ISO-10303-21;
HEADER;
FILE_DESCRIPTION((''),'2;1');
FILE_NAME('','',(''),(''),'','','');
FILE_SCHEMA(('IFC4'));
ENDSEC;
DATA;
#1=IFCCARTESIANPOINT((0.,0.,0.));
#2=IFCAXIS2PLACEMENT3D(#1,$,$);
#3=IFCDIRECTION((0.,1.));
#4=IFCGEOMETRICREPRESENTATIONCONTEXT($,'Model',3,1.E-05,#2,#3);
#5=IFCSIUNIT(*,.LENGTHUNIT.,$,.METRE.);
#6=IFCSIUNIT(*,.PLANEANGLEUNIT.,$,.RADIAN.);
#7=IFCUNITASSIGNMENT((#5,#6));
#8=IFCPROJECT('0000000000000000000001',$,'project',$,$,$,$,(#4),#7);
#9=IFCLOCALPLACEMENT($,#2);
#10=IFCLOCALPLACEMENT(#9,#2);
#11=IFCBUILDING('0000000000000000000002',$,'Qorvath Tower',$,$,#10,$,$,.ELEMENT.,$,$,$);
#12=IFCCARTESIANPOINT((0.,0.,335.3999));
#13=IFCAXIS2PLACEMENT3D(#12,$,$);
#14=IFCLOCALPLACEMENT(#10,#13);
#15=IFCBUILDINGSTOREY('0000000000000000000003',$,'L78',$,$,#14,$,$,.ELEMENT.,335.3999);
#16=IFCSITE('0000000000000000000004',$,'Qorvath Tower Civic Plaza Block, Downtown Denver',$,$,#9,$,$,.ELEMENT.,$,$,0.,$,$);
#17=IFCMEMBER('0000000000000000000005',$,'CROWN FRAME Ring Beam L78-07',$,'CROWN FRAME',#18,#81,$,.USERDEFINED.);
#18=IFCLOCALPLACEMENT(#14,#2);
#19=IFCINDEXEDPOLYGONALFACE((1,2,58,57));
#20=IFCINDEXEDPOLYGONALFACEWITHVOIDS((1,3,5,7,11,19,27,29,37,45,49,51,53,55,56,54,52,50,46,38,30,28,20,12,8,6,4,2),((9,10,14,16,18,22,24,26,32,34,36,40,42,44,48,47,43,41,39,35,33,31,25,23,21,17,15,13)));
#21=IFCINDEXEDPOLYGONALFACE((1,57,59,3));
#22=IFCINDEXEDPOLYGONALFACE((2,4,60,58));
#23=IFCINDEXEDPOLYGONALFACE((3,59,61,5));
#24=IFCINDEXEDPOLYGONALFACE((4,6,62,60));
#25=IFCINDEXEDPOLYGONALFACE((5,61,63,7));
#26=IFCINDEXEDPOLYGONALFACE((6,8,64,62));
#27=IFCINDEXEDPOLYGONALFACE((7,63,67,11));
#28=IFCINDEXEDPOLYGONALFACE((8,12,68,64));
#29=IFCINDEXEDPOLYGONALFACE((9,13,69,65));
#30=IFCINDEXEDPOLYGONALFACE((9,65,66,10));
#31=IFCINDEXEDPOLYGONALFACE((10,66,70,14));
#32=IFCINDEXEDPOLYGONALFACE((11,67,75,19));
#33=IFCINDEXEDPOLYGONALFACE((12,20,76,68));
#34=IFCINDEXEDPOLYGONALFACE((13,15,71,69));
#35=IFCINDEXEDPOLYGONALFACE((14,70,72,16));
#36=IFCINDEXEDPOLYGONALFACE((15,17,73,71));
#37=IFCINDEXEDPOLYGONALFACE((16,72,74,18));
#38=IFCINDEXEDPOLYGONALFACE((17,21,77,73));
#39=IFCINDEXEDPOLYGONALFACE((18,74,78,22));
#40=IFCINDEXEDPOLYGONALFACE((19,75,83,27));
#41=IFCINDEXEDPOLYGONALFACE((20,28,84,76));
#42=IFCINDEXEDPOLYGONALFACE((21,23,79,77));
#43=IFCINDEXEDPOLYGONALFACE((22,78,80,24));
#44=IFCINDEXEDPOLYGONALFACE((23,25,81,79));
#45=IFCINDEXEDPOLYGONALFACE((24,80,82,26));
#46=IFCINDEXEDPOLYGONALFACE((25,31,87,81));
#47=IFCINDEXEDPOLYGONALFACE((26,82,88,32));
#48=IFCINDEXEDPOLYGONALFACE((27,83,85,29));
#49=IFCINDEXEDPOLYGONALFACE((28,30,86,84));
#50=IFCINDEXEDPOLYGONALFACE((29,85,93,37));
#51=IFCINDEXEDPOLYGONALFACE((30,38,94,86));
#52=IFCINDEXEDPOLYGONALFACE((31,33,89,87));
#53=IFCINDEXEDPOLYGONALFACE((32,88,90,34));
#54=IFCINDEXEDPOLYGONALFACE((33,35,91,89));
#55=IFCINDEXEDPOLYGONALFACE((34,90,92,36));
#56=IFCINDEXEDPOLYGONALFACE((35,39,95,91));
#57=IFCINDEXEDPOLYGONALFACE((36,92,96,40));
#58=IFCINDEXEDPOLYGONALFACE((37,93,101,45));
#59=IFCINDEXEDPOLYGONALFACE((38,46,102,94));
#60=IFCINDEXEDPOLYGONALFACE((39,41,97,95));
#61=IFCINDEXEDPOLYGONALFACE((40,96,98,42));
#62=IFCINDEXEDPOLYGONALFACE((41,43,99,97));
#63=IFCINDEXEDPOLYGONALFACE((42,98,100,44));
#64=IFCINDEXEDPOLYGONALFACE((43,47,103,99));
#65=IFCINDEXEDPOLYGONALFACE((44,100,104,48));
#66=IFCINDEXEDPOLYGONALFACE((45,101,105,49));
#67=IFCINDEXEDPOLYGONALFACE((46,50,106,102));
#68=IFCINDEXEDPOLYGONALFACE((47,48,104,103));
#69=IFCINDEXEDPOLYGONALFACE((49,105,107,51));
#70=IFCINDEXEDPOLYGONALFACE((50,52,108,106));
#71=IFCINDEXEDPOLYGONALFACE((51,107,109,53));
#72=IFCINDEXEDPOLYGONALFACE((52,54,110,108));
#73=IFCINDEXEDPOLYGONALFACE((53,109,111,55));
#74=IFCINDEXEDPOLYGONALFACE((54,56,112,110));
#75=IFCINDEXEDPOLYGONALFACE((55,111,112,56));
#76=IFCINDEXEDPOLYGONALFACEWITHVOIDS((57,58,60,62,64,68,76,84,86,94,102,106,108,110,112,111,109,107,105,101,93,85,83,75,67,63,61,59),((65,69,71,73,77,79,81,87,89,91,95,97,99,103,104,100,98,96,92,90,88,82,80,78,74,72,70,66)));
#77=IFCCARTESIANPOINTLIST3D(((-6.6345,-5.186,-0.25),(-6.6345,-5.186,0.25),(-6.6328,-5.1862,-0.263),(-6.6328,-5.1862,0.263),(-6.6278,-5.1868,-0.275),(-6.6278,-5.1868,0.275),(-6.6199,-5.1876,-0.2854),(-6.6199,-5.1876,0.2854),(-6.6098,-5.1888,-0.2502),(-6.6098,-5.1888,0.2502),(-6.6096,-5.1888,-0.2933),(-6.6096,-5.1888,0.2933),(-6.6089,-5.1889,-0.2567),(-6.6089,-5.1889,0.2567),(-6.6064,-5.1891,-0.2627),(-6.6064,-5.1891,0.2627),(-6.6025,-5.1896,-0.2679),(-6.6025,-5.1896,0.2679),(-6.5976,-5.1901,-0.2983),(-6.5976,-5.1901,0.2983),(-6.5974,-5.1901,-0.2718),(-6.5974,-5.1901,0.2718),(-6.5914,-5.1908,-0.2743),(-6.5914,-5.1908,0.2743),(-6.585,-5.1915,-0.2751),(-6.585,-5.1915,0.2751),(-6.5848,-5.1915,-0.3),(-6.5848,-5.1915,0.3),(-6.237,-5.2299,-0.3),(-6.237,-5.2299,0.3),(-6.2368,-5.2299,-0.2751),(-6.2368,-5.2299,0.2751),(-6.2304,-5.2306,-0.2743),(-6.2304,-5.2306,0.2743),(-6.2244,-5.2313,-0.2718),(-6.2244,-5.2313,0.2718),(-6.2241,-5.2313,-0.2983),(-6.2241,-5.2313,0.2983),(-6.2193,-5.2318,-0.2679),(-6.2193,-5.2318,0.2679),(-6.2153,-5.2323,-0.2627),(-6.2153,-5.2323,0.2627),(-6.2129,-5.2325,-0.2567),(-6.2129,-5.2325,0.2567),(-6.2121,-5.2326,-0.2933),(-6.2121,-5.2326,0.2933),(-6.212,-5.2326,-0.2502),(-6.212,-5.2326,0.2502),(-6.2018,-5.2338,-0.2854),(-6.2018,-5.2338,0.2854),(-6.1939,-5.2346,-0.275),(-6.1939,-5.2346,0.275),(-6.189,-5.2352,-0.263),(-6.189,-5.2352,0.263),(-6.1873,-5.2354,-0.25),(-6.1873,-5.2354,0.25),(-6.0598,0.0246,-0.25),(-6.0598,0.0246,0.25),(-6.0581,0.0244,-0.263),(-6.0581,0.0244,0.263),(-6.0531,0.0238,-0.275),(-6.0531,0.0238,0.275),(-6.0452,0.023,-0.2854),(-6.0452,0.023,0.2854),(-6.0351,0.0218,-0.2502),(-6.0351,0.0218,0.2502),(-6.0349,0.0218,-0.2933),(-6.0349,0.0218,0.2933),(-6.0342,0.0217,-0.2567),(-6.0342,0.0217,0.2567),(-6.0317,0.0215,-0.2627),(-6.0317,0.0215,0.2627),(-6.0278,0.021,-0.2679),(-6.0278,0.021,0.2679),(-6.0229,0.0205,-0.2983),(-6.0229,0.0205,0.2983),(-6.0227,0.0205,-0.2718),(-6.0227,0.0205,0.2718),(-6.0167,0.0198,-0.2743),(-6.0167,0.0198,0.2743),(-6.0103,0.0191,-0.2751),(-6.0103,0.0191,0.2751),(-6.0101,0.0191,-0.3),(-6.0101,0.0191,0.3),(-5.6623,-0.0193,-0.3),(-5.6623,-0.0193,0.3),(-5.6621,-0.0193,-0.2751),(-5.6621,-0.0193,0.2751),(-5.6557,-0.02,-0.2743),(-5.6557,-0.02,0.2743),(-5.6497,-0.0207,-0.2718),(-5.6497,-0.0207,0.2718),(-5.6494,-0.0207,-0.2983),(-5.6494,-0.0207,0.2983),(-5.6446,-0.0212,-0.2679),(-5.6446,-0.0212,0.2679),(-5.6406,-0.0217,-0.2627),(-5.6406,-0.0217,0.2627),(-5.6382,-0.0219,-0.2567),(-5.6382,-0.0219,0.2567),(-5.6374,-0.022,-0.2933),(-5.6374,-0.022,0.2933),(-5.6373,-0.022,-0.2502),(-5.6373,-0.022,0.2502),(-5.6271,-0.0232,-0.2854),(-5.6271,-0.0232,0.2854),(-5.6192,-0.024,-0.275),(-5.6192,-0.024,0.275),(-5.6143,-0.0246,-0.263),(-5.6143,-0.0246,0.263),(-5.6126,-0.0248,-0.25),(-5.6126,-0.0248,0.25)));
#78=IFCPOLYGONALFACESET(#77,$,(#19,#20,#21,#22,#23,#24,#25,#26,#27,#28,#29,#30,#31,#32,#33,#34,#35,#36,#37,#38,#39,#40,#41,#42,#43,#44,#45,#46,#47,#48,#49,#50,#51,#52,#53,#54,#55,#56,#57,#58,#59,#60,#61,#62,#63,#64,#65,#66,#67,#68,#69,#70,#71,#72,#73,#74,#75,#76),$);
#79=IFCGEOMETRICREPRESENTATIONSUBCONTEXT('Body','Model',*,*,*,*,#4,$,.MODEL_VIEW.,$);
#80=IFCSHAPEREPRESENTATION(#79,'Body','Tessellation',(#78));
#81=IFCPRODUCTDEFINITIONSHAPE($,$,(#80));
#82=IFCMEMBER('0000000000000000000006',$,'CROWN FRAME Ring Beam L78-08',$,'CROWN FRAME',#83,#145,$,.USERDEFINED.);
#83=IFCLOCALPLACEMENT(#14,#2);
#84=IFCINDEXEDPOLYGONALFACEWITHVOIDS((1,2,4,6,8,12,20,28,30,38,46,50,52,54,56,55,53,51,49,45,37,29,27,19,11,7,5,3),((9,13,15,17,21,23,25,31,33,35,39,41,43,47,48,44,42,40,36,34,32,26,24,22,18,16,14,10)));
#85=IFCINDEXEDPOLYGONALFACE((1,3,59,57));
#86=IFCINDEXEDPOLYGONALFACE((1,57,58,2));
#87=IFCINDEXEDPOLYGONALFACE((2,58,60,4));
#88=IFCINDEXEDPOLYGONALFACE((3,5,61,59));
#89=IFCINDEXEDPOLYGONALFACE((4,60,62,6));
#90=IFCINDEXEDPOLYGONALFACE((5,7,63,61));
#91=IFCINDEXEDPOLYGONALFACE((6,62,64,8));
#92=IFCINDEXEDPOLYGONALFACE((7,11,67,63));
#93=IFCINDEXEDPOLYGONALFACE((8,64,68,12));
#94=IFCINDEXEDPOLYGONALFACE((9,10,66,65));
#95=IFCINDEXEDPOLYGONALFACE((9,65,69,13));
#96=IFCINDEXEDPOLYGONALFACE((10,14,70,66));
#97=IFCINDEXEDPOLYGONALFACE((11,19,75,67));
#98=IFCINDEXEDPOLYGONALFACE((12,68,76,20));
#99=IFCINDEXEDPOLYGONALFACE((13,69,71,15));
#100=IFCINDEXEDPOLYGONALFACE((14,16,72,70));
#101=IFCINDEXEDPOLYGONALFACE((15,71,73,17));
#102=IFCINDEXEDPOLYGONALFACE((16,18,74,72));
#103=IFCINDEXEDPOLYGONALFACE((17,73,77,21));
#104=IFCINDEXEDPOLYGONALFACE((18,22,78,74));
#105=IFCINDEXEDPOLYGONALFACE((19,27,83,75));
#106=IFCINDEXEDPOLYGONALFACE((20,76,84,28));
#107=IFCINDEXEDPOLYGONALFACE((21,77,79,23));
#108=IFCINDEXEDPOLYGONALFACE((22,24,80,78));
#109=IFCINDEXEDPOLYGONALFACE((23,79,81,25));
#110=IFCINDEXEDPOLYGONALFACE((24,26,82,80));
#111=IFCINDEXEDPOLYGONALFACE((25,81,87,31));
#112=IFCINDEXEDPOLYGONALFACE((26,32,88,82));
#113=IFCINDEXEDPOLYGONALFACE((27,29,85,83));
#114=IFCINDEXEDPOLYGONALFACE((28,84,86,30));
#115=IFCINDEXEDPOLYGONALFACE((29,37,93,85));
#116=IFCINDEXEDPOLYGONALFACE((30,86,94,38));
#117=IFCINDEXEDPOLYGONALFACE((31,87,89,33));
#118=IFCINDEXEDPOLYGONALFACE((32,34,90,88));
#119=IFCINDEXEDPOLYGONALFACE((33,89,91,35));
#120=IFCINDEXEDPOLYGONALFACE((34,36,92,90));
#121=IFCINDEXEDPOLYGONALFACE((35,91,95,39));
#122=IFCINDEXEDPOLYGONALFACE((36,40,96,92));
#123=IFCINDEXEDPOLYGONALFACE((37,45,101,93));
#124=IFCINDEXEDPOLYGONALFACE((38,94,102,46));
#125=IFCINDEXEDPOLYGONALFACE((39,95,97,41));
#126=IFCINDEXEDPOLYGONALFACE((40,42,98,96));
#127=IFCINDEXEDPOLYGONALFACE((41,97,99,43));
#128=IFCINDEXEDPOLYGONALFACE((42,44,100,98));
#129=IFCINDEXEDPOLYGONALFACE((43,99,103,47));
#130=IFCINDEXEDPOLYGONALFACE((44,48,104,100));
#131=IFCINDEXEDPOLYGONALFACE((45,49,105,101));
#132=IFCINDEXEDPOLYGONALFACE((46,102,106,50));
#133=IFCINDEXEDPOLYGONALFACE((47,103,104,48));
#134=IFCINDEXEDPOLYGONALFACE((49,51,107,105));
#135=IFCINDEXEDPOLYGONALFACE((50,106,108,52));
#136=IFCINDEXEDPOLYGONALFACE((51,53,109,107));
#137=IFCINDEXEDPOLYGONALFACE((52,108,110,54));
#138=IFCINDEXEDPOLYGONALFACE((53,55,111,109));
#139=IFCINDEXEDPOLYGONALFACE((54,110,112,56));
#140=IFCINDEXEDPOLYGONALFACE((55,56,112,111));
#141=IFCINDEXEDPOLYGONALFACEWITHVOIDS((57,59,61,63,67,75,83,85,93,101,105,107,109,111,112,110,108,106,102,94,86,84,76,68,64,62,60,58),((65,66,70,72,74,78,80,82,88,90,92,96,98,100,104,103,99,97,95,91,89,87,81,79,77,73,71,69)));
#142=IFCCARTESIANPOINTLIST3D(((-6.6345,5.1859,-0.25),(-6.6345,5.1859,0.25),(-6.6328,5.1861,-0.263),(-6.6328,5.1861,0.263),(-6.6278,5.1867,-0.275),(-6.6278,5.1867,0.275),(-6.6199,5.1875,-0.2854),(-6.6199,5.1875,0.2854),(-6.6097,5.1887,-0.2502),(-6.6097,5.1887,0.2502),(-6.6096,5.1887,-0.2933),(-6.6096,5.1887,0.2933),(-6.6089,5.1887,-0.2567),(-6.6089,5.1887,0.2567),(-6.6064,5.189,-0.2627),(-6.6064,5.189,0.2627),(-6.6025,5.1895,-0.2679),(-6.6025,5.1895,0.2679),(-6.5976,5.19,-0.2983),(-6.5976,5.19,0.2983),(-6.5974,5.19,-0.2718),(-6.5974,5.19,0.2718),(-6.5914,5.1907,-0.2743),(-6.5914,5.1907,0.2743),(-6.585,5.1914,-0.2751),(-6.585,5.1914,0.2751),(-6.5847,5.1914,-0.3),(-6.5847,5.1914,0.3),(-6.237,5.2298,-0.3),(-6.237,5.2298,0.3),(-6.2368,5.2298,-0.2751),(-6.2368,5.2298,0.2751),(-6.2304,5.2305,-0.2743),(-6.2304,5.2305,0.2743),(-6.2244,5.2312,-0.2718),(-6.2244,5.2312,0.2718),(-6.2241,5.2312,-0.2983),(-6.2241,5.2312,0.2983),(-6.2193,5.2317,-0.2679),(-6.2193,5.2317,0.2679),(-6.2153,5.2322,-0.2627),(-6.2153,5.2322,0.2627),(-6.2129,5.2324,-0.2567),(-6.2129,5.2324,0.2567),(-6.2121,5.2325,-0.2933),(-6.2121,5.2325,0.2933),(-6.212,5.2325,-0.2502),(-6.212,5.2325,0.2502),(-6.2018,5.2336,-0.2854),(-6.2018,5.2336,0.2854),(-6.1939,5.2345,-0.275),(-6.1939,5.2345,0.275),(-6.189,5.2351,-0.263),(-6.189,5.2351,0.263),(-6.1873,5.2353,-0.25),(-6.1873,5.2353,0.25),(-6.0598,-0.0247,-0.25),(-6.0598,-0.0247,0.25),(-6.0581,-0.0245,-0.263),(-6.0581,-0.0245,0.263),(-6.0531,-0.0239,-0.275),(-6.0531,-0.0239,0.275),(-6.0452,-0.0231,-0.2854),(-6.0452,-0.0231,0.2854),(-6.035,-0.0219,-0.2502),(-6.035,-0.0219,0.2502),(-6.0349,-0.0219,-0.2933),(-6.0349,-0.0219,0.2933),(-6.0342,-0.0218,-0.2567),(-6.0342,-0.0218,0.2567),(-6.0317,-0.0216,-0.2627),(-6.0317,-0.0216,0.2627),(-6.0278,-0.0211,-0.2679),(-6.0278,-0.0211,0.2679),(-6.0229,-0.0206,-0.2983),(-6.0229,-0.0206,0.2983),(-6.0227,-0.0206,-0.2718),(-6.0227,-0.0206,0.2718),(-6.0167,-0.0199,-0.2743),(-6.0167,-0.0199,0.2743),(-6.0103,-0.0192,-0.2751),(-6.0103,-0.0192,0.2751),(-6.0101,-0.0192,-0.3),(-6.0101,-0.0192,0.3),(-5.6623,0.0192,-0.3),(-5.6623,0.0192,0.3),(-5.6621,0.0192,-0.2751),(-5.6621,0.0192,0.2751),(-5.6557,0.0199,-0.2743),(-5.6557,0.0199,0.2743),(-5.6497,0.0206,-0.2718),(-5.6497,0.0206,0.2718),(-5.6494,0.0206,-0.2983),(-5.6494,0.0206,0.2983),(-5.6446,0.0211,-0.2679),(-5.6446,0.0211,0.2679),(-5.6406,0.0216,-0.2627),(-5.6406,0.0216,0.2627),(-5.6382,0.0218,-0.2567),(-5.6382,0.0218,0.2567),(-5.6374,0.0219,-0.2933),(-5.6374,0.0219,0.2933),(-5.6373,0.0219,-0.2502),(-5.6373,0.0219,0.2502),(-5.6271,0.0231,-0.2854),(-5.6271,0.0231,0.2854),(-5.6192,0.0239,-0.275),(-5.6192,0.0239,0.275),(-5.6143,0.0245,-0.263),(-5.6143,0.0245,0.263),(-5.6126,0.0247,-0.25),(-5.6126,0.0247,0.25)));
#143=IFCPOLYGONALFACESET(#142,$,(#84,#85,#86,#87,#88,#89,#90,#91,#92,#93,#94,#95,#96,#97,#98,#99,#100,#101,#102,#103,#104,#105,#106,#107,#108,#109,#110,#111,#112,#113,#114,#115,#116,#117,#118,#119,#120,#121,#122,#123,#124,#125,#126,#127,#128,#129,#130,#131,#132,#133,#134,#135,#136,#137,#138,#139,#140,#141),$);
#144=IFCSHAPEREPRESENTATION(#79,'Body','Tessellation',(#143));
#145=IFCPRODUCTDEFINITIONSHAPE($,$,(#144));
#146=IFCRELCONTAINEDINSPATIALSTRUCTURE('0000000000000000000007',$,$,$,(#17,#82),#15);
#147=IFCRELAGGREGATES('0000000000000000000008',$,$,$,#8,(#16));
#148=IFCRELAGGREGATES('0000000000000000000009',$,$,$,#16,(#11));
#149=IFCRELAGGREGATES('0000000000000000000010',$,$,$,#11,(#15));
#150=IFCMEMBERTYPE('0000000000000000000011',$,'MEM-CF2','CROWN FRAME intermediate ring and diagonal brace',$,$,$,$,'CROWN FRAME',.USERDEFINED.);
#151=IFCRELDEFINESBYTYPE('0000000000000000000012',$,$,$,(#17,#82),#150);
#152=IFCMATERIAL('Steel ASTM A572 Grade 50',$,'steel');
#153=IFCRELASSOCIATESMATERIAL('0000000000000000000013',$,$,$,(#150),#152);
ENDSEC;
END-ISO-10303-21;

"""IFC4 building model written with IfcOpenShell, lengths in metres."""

from ifc_helpers import new_model, si_unit, direction, frame, origin, origin_2d, place, context, subcontext, project, spatial, hollow_rectangle, extrude, material, material_profile, profile_set, type_object, element, save


model = new_model("IFC4")

# Units and contexts
model_context = context("Model", 3, precision=1e-05, world=origin(), true_north=direction((0.0, 1.0)))
body_context = subcontext(model_context, "Body", "Model", "MODEL_VIEW")
ifc_project = project(units=[si_unit("LENGTHUNIT", "METRE"), si_unit("PLANEANGLEUNIT", "RADIAN")], contexts=[model_context])

# Site, building, storey
site_placement = place(None, origin())
site = spatial("IfcSite", under=ifc_project, at=site_placement, Name="Qorvath Tower Civic Plaza Block, Downtown Denver", CompositionType="ELEMENT", RefElevation=0.0)
building_placement = place(site_placement, origin())
building = spatial("IfcBuilding", under=site, at=building_placement, Name="Qorvath Tower", CompositionType="ELEMENT")
storey_placement = place(building_placement, frame((0.0, 0.0, 335.3999)))
storey = spatial("IfcBuildingStorey", under=building, at=storey_placement, Name="L78", CompositionType="ELEMENT", Elevation=335.3999)

# Members
ifc_material_1 = material(Name="Steel ASTM A572 Grade 50", Category="steel")
ifc_material_profile_1 = material_profile(ifc_material_1, hollow_rectangle(XDim=0.45, YDim=0.6001, WallThickness=0.0249, InnerFilletRadius=0.0249, OuterFilletRadius=0.05, at=origin_2d()), Name="CROWN BOX 600x450x25")
ifc_profile_set_1 = profile_set([ifc_material_profile_1], Name="Steel ASTM A572 Grade 50")
member_type_1 = type_object("IfcMemberType", Name="MEM-CF2", Description="CROWN FRAME intermediate ring and diagonal brace", ElementType="CROWN FRAME", PredefinedType="USERDEFINED", material=ifc_profile_set_1)
for number, where, z_axis, x_axis, name in (
    (1, (-6.4109, -5.2107, 0.0), (0.109629, 0.993973, 0.0), (-0.993973, 0.109629, 0.0), "CROWN FRAME Ring Beam L78-07"),
    (2, (-5.8362, 0.0, 0.0), (-0.109629, 0.993973, 0.0), (-0.993973, -0.109629, 0.0), "CROWN FRAME Ring Beam L78-08"),
):
    element("IfcMember", number, at=place(storey_placement, frame(where, z_axis=z_axis, x_axis=x_axis)), inside=storey, type_object=member_type_1, Name=name, ObjectType="CROWN FRAME", PredefinedType="USERDEFINED", context=body_context, shape_type="SweptSolid", body=[
        extrude(hollow_rectangle(XDim=0.45, YDim=0.6001, WallThickness=0.0249, InnerFilletRadius=0.0249, OuterFilletRadius=0.05, at=origin_2d()), origin(), (0.0, 0.0, 1.0), 5.2422),
    ])

save(model, "model.ifc")
